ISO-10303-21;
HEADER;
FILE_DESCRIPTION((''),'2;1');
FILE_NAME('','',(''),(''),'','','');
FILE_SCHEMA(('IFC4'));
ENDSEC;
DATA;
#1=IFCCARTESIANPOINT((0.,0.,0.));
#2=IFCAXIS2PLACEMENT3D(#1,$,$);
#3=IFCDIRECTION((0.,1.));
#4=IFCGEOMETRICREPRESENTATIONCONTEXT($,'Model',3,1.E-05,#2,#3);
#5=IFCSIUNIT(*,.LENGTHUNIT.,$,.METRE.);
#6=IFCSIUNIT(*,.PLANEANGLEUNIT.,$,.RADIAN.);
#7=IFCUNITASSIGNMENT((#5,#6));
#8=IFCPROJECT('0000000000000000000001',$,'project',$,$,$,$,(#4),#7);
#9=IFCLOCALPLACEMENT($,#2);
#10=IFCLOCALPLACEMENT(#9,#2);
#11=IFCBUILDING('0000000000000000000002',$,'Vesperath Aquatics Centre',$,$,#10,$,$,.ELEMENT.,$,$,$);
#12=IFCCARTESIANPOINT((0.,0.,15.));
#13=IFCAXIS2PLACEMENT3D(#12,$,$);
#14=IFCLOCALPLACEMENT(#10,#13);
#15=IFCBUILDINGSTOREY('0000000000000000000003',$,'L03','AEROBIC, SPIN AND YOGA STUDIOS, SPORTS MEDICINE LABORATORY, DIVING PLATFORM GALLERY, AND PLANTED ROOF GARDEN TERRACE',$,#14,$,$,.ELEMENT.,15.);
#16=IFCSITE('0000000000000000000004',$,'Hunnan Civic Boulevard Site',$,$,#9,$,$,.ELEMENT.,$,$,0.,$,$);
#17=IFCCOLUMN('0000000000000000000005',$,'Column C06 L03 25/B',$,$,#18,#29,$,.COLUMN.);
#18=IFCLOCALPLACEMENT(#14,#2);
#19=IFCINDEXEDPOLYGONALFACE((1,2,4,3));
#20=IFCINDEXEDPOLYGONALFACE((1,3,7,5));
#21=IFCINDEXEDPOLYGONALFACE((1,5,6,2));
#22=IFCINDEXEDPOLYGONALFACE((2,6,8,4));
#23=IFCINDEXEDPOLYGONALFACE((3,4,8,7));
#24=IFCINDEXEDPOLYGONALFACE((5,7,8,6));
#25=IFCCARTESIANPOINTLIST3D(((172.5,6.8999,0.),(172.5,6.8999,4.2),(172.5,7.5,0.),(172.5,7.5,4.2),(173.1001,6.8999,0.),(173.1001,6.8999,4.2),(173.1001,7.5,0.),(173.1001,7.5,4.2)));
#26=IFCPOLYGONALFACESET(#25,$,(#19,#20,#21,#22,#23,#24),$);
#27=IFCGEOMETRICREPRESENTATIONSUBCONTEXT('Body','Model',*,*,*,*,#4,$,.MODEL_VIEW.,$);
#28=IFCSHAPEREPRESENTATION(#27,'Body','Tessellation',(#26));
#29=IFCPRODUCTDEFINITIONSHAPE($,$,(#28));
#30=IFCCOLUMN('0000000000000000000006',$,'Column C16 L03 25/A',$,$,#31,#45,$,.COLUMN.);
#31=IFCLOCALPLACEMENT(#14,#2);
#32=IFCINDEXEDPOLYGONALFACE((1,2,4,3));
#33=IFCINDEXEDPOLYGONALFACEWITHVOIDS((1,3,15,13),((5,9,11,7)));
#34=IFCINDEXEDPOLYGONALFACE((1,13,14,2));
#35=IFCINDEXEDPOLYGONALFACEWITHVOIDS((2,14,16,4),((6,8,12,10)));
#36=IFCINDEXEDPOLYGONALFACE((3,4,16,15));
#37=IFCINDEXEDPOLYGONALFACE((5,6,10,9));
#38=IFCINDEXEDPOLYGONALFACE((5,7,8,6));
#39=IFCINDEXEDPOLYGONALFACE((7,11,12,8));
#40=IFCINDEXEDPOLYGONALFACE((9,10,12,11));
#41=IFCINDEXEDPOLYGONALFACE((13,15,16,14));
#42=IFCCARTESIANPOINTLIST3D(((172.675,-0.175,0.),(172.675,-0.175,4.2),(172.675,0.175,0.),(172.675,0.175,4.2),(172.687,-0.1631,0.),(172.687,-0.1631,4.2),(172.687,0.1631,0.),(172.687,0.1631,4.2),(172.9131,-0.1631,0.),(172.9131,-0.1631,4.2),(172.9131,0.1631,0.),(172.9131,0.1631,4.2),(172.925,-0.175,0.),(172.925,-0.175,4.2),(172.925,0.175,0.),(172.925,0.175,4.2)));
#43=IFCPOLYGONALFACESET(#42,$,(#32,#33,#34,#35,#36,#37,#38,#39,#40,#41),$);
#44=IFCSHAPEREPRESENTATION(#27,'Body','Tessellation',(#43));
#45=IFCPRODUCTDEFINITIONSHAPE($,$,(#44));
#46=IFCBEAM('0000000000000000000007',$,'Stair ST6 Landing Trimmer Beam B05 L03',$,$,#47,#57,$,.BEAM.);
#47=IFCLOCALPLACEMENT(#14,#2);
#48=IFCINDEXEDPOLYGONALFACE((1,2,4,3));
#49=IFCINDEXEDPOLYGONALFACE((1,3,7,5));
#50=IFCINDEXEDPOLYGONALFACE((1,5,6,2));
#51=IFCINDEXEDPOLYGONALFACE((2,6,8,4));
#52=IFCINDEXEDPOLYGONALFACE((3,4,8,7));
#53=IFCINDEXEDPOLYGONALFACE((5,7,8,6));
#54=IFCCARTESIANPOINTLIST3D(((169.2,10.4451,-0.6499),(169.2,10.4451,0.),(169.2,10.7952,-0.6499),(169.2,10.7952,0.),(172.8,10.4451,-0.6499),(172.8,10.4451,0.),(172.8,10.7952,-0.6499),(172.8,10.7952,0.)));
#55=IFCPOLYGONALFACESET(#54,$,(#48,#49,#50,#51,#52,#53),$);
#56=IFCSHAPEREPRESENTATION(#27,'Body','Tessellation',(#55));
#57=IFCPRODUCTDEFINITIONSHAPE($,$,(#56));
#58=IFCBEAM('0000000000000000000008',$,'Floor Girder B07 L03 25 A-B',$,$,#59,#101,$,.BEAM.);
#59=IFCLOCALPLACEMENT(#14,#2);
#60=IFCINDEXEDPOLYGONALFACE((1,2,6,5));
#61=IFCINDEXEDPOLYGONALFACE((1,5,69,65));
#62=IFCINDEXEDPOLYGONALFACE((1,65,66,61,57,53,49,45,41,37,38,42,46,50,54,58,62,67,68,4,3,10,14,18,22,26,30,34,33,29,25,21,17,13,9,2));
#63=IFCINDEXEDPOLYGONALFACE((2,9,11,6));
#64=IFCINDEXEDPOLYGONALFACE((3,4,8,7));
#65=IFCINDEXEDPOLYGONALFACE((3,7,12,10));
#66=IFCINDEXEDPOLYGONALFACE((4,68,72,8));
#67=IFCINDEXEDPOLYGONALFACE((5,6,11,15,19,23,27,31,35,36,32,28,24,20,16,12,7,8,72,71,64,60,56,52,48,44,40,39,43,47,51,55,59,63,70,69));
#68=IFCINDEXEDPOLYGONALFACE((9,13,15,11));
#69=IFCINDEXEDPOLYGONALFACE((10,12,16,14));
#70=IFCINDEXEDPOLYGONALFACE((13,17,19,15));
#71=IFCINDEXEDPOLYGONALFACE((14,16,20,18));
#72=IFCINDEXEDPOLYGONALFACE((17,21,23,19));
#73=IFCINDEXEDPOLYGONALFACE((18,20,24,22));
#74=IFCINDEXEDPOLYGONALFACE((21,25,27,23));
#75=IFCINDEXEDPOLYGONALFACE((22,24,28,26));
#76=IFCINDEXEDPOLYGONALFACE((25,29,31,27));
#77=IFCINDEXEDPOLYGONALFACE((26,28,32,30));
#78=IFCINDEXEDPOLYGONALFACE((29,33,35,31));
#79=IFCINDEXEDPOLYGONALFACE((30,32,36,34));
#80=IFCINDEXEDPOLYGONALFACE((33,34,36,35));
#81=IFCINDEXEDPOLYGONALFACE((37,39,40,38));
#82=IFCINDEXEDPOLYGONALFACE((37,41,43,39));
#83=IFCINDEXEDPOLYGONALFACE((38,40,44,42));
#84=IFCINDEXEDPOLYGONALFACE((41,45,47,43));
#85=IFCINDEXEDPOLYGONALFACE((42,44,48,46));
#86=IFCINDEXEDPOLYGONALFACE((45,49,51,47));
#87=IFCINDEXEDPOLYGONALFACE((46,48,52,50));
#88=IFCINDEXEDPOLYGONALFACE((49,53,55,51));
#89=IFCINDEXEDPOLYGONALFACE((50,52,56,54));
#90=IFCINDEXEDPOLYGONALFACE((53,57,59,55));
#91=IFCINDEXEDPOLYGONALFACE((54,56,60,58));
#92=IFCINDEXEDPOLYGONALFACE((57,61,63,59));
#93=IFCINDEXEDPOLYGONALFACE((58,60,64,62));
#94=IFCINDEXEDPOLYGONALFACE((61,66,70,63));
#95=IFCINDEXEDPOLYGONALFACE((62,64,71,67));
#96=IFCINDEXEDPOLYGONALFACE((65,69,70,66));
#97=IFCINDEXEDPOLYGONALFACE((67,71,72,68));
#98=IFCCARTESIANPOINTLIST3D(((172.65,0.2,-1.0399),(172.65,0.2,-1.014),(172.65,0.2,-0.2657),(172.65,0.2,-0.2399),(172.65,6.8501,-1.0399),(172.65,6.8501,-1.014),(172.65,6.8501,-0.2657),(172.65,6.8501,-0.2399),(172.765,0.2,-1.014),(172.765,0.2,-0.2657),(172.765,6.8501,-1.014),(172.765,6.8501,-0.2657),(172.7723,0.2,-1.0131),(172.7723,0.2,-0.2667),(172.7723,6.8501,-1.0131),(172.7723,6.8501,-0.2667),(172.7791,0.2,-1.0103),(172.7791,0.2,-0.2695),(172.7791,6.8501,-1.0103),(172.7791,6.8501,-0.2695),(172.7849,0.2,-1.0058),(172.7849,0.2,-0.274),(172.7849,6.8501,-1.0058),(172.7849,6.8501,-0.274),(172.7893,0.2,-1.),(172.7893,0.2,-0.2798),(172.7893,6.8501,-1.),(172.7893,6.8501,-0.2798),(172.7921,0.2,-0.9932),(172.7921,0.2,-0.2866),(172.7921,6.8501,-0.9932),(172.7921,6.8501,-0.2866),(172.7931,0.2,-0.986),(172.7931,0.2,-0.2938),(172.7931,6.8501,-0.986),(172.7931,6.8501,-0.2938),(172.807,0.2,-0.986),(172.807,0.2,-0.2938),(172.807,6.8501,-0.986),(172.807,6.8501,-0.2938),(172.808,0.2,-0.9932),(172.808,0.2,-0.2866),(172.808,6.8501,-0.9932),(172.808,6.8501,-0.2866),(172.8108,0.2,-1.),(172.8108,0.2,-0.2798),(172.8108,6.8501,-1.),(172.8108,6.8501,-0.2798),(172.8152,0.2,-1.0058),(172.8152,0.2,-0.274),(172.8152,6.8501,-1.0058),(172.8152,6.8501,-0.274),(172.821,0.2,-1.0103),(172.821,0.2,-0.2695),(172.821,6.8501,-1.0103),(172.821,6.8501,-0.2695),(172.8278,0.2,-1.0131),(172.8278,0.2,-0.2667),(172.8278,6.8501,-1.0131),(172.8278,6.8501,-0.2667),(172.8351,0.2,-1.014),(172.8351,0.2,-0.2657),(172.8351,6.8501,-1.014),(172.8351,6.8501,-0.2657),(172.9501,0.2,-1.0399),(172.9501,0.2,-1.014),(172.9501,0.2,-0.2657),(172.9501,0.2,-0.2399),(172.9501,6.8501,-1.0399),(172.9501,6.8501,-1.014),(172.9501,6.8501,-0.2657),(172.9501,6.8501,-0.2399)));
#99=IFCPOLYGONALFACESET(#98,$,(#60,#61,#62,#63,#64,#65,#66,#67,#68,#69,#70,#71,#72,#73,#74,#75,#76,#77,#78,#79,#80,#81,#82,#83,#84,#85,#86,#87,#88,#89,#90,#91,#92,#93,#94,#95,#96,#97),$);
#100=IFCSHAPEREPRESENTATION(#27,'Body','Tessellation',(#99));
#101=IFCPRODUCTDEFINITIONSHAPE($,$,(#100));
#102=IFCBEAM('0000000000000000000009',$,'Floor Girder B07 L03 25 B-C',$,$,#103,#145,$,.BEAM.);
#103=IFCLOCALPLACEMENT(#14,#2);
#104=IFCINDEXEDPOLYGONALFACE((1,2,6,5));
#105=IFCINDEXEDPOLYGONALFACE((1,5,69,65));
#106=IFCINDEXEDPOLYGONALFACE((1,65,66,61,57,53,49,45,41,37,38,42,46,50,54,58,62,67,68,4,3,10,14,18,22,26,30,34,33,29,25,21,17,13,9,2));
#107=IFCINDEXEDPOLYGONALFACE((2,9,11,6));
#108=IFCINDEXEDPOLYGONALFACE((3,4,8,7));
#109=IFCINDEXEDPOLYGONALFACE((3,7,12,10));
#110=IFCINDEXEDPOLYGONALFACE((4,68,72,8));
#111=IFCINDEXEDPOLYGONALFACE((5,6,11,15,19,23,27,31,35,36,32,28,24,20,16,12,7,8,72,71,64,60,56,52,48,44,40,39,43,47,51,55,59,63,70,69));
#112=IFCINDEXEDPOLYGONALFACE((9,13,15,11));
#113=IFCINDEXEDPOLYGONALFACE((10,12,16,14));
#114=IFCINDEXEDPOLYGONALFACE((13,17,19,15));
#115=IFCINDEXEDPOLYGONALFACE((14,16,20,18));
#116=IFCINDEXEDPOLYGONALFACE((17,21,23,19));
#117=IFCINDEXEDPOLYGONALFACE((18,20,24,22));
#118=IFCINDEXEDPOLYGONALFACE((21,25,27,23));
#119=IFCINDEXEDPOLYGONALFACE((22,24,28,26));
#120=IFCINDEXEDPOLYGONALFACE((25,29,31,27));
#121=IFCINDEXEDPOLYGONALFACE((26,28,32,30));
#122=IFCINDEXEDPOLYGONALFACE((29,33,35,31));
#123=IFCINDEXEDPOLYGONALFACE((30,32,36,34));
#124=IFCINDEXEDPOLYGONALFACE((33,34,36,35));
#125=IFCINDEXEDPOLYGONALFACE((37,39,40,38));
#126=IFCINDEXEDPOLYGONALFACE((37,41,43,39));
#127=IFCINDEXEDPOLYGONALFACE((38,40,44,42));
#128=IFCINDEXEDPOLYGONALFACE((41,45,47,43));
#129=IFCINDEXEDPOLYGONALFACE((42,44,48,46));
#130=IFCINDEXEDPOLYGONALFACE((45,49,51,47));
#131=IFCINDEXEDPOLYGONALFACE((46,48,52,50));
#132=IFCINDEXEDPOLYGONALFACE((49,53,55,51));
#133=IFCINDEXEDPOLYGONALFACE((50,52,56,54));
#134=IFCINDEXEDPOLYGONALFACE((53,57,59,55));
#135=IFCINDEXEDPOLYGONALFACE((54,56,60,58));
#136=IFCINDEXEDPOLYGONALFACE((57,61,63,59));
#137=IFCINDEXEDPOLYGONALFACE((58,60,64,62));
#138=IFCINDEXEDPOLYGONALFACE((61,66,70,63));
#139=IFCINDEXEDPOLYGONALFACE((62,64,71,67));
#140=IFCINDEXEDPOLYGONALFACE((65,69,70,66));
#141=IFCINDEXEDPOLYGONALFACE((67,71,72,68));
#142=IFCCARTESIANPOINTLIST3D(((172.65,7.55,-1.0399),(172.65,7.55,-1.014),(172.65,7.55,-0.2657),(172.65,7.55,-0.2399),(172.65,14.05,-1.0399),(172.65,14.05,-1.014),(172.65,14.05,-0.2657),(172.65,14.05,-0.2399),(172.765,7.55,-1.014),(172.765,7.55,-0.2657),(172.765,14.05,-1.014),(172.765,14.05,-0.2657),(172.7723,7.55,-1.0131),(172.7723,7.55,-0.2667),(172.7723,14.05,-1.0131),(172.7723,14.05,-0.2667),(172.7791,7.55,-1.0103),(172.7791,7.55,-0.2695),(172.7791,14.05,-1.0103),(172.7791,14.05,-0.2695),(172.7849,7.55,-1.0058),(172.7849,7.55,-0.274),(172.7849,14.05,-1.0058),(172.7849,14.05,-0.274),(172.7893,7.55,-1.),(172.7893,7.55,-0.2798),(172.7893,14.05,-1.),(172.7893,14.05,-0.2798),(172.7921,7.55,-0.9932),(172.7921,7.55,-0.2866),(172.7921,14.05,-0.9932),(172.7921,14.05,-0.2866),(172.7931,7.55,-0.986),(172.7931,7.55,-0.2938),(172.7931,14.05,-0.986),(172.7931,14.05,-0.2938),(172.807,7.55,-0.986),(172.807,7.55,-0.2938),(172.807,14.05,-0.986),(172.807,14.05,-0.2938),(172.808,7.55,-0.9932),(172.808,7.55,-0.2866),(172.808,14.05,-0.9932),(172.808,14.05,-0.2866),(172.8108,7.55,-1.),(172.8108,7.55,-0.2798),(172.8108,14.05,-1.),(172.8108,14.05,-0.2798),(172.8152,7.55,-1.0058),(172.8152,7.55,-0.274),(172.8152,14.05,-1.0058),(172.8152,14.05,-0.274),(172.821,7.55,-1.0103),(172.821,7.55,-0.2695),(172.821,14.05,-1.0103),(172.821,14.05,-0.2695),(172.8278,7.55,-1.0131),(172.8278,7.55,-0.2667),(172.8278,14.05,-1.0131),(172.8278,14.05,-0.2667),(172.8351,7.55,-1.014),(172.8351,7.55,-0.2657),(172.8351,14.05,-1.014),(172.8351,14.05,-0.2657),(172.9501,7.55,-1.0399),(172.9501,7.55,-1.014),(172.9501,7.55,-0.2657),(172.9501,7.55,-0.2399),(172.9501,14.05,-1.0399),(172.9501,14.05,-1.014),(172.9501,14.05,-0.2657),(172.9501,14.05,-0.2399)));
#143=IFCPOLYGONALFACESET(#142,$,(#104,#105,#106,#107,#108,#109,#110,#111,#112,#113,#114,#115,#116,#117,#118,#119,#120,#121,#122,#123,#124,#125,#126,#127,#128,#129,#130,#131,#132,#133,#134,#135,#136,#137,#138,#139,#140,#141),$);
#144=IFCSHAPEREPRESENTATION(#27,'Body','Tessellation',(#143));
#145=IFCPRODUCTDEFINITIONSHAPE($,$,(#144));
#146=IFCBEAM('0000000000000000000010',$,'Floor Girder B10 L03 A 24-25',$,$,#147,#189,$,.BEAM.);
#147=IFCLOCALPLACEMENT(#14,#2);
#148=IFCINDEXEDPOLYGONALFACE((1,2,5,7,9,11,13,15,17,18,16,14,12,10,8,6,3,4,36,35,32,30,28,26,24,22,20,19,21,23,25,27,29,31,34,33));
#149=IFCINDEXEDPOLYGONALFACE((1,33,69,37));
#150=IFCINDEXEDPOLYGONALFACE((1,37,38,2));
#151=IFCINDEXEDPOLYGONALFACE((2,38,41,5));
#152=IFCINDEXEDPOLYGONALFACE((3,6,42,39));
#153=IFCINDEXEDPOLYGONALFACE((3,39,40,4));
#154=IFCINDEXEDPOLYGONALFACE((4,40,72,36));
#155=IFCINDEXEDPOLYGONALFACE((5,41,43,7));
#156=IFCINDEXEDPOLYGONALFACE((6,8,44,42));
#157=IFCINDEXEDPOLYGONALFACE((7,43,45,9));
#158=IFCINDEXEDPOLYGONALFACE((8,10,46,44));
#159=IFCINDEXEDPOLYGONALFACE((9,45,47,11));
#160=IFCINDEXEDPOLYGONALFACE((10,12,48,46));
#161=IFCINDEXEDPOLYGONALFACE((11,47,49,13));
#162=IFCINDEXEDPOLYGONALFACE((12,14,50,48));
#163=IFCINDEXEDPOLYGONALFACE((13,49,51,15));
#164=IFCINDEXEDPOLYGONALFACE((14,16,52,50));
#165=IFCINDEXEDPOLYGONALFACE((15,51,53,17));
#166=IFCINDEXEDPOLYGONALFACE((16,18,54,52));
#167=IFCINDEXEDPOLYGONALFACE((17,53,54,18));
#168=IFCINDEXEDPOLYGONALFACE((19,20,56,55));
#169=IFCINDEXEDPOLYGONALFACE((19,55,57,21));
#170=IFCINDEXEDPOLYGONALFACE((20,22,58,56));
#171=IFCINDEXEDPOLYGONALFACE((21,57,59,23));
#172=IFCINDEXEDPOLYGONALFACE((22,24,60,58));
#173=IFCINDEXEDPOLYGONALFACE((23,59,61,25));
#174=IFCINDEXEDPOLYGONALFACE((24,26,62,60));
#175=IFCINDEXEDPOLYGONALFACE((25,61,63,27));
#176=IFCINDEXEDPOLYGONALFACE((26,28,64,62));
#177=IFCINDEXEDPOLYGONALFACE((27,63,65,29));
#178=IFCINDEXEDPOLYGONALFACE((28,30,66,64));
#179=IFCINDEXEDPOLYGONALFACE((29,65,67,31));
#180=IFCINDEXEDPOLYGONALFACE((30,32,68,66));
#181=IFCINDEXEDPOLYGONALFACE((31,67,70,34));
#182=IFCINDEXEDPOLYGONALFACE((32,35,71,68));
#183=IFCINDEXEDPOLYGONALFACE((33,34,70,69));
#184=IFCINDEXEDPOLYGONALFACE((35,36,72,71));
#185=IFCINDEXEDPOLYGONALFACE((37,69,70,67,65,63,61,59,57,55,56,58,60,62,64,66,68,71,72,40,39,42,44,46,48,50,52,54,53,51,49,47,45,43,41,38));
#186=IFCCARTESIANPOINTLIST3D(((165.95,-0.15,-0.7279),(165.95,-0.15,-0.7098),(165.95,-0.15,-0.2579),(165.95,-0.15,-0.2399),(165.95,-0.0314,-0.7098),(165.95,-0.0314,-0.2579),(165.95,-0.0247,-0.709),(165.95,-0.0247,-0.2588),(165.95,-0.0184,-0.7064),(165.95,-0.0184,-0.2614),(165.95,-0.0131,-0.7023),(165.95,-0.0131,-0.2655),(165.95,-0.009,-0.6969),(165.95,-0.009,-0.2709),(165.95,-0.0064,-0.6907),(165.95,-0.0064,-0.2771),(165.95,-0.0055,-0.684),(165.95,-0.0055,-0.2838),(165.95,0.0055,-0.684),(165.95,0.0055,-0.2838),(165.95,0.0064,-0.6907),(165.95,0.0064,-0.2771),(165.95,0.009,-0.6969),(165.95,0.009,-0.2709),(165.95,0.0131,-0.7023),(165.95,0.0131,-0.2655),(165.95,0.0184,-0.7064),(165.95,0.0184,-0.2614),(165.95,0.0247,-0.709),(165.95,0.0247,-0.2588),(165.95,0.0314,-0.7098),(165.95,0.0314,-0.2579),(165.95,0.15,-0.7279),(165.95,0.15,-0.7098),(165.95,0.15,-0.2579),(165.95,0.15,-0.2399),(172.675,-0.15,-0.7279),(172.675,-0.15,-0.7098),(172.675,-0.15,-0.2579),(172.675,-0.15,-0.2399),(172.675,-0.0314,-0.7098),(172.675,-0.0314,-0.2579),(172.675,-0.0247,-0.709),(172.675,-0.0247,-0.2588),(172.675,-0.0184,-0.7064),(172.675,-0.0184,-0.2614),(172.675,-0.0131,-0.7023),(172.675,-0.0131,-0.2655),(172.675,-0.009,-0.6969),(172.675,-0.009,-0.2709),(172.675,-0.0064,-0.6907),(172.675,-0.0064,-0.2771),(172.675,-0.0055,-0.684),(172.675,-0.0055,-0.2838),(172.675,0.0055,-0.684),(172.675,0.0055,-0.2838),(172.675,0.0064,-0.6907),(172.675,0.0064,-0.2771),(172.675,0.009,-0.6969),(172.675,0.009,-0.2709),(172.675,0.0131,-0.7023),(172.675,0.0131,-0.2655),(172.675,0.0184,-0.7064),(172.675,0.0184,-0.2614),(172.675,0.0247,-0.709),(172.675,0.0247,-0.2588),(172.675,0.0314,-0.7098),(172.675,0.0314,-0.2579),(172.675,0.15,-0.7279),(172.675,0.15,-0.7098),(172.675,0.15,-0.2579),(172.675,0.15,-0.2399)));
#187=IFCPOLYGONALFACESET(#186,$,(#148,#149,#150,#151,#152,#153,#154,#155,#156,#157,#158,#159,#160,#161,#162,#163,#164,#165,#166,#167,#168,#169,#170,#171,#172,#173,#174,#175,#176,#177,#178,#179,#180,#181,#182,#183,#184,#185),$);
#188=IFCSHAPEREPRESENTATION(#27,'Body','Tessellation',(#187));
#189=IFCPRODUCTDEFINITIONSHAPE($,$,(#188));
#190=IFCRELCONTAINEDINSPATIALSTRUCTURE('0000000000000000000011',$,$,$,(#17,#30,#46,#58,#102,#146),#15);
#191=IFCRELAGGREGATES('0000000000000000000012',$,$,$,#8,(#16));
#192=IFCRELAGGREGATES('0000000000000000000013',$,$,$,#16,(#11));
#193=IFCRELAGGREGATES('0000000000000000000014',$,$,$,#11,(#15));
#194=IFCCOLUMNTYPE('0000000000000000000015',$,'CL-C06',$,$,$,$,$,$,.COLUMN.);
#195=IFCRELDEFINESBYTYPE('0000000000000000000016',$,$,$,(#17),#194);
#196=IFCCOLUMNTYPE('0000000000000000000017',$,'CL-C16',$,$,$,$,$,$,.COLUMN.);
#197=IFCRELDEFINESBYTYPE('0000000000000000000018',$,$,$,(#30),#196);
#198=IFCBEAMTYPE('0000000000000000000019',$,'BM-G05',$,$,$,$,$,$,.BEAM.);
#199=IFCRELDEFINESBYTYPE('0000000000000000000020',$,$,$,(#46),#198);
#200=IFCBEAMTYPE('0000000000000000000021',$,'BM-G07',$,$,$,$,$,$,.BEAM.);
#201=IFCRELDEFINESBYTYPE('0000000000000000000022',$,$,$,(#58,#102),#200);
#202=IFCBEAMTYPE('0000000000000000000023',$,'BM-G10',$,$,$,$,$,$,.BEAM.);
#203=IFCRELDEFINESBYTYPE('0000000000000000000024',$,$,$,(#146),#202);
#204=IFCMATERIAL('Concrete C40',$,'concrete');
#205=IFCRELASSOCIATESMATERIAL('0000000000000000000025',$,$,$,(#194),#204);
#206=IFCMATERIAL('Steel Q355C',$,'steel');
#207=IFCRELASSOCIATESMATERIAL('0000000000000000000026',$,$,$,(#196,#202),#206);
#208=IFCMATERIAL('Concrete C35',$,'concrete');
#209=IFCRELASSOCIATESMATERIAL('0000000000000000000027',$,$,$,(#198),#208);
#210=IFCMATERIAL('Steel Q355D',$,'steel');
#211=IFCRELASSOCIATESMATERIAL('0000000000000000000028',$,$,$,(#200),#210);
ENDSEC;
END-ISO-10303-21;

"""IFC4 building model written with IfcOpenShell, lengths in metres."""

from ifc_helpers import new_model, si_unit, direction, frame, origin, origin_2d, place, context, subcontext, project, spatial, rectangle, hollow_rectangle, i_section, extrude, material, material_profile, profile_set, type_object, element, save


model = new_model("IFC4")

# Units and contexts
model_context = context("Model", 3, precision=1e-05, world=origin(), true_north=direction((0.0, 1.0)))
body_context = subcontext(model_context, "Body", "Model", "MODEL_VIEW")
ifc_project = project(units=[si_unit("LENGTHUNIT", "METRE"), si_unit("PLANEANGLEUNIT", "RADIAN")], contexts=[model_context])

# Site, building, storey
site_placement = place(None, origin())
site = spatial("IfcSite", under=ifc_project, at=site_placement, Name="Hunnan Civic Boulevard Site", CompositionType="ELEMENT", RefElevation=0.0)
building_placement = place(site_placement, origin())
building = spatial("IfcBuilding", under=site, at=building_placement, Name="Vesperath Aquatics Centre", CompositionType="ELEMENT")
storey_placement = place(building_placement, frame((0.0, 0.0, 15.0)))
storey = spatial("IfcBuildingStorey", under=building, at=storey_placement, Name="L03", Description="AEROBIC, SPIN AND YOGA STUDIOS, SPORTS MEDICINE LABORATORY, DIVING PLATFORM GALLERY, AND PLANTED ROOF GARDEN TERRACE", CompositionType="ELEMENT", Elevation=15.0)

# Columns
ifc_material_1 = material(Name="Concrete C40", Category="concrete")
ifc_material_profile_1 = material_profile(ifc_material_1, rectangle(XDim=0.6001, YDim=0.6001, at=origin_2d()), Name="RC 600x600")
ifc_profile_set_1 = profile_set([ifc_material_profile_1], Name="Concrete C40")
column_type_1 = type_object("IfcColumnType", Name="CL-C06", PredefinedType="COLUMN", material=ifc_profile_set_1)
column_1_placement = place(storey_placement, frame((172.8, 7.2, 0.0), z_axis=(0.0, 0.0, 1.0), x_axis=(1.0, 0.0, 0.0)))
element("IfcColumn", 1, at=column_1_placement, inside=storey, type_object=column_type_1, Name="Column C06 L03 25/B", PredefinedType="COLUMN", context=body_context, shape_type="SweptSolid", body=[
    extrude(rectangle(XDim=0.6001, YDim=0.6001, at=origin_2d()), origin(), (0.0, 0.0, 1.0), 4.2),
])
ifc_material_2 = material(Name="Steel Q355C", Category="steel")
ifc_material_profile_2 = material_profile(ifc_material_2, hollow_rectangle(XDim=0.25, YDim=0.3501, WallThickness=0.012, at=origin_2d()), Name="RHS 350x250x12")
ifc_profile_set_2 = profile_set([ifc_material_profile_2], Name="Steel Q355C")
column_type_2 = type_object("IfcColumnType", Name="CL-C16", PredefinedType="COLUMN", material=ifc_profile_set_2)
column_2_placement = place(storey_placement, frame((172.8, 0.0, 0.0), z_axis=(0.0, 0.0, 1.0), x_axis=(1.0, 0.0, 0.0)))
element("IfcColumn", 2, at=column_2_placement, inside=storey, type_object=column_type_2, Name="Column C16 L03 25/A", PredefinedType="COLUMN", context=body_context, shape_type="SweptSolid", body=[
    extrude(hollow_rectangle(XDim=0.25, YDim=0.3501, WallThickness=0.012, at=origin_2d()), origin(), (0.0, 0.0, 1.0), 4.2),
])

# Beams
ifc_material_3 = material(Name="Concrete C35", Category="concrete")
ifc_material_profile_3 = material_profile(ifc_material_3, rectangle(XDim=0.3501, YDim=0.6499, at=origin_2d()), Name="RC 350x650")
ifc_profile_set_3 = profile_set([ifc_material_profile_3], Name="Concrete C35")
beam_type_1 = type_object("IfcBeamType", Name="BM-G05", PredefinedType="BEAM", material=ifc_profile_set_3)
beam_1_placement = place(storey_placement, frame((169.2, 10.6201, -0.325), z_axis=(1.0, 0.0, 0.0), x_axis=(0.0, 1.0, 0.0)))
element("IfcBeam", 3, at=beam_1_placement, inside=storey, type_object=beam_type_1, Name="Stair ST6 Landing Trimmer Beam B05 L03", PredefinedType="BEAM", context=body_context, shape_type="SweptSolid", body=[
    extrude(rectangle(XDim=0.3501, YDim=0.6499, at=origin_2d()), origin(), (0.0, 0.0, 1.0), 3.6001),
])
ifc_material_4 = material(Name="Steel Q355D", Category="steel")
ifc_material_profile_4 = material_profile(ifc_material_4, i_section(OverallWidth=0.3, OverallDepth=0.8, WebThickness=0.0139, FlangeThickness=0.0259, FilletRadius=0.0281, at=origin_2d()), Name="HN 800x300x14x26")
ifc_profile_set_4 = profile_set([ifc_material_profile_4], Name="Steel Q355D")
beam_type_2 = type_object("IfcBeamType", Name="BM-G07", PredefinedType="BEAM", material=ifc_profile_set_4)
beam_2_placement = place(storey_placement, frame((172.8, 0.2, -0.6399), z_axis=(0.0, 1.0, 0.0), x_axis=(-1.0, 0.0, 0.0)))
element("IfcBeam", 4, at=beam_2_placement, inside=storey, type_object=beam_type_2, Name="Floor Girder B07 L03 25 A-B", PredefinedType="BEAM", context=body_context, shape_type="SweptSolid", body=[
    extrude(i_section(OverallWidth=0.3, OverallDepth=0.8, WebThickness=0.0139, FlangeThickness=0.0259, FilletRadius=0.0281, at=origin_2d()), origin(), (0.0, 0.0, 1.0), 6.6501),
])
beam_3_placement = place(storey_placement, frame((172.8, 7.55, -0.6399), z_axis=(0.0, 1.0, 0.0), x_axis=(-1.0, 0.0, 0.0)))
element("IfcBeam", 5, at=beam_3_placement, inside=storey, type_object=beam_type_2, Name="Floor Girder B07 L03 25 B-C", PredefinedType="BEAM", context=body_context, shape_type="SweptSolid", body=[
    extrude(i_section(OverallWidth=0.3, OverallDepth=0.8, WebThickness=0.0139, FlangeThickness=0.0259, FilletRadius=0.0281, at=origin_2d()), origin(), (0.0, 0.0, 1.0), 6.5),
])
ifc_material_profile_5 = material_profile(ifc_material_2, i_section(OverallWidth=0.3, OverallDepth=0.488, WebThickness=0.011, FlangeThickness=0.0181, FilletRadius=0.0259, at=origin_2d()), Name="HM 488x300x11x18")
ifc_profile_set_5 = profile_set([ifc_material_profile_5], Name="Steel Q355C")
beam_type_3 = type_object("IfcBeamType", Name="BM-G10", PredefinedType="BEAM", material=ifc_profile_set_5)
beam_4_placement = place(storey_placement, frame((165.95, 0.0, -0.4839), z_axis=(1.0, 0.0, 0.0), x_axis=(0.0, 1.0, 0.0)))
element("IfcBeam", 6, at=beam_4_placement, inside=storey, type_object=beam_type_3, Name="Floor Girder B10 L03 A 24-25", PredefinedType="BEAM", context=body_context, shape_type="SweptSolid", body=[
    extrude(i_section(OverallWidth=0.3, OverallDepth=0.488, WebThickness=0.011, FlangeThickness=0.0181, FilletRadius=0.0259, at=origin_2d()), origin(), (0.0, 0.0, 1.0), 6.7251),
])

save(model, "model.ifc")
